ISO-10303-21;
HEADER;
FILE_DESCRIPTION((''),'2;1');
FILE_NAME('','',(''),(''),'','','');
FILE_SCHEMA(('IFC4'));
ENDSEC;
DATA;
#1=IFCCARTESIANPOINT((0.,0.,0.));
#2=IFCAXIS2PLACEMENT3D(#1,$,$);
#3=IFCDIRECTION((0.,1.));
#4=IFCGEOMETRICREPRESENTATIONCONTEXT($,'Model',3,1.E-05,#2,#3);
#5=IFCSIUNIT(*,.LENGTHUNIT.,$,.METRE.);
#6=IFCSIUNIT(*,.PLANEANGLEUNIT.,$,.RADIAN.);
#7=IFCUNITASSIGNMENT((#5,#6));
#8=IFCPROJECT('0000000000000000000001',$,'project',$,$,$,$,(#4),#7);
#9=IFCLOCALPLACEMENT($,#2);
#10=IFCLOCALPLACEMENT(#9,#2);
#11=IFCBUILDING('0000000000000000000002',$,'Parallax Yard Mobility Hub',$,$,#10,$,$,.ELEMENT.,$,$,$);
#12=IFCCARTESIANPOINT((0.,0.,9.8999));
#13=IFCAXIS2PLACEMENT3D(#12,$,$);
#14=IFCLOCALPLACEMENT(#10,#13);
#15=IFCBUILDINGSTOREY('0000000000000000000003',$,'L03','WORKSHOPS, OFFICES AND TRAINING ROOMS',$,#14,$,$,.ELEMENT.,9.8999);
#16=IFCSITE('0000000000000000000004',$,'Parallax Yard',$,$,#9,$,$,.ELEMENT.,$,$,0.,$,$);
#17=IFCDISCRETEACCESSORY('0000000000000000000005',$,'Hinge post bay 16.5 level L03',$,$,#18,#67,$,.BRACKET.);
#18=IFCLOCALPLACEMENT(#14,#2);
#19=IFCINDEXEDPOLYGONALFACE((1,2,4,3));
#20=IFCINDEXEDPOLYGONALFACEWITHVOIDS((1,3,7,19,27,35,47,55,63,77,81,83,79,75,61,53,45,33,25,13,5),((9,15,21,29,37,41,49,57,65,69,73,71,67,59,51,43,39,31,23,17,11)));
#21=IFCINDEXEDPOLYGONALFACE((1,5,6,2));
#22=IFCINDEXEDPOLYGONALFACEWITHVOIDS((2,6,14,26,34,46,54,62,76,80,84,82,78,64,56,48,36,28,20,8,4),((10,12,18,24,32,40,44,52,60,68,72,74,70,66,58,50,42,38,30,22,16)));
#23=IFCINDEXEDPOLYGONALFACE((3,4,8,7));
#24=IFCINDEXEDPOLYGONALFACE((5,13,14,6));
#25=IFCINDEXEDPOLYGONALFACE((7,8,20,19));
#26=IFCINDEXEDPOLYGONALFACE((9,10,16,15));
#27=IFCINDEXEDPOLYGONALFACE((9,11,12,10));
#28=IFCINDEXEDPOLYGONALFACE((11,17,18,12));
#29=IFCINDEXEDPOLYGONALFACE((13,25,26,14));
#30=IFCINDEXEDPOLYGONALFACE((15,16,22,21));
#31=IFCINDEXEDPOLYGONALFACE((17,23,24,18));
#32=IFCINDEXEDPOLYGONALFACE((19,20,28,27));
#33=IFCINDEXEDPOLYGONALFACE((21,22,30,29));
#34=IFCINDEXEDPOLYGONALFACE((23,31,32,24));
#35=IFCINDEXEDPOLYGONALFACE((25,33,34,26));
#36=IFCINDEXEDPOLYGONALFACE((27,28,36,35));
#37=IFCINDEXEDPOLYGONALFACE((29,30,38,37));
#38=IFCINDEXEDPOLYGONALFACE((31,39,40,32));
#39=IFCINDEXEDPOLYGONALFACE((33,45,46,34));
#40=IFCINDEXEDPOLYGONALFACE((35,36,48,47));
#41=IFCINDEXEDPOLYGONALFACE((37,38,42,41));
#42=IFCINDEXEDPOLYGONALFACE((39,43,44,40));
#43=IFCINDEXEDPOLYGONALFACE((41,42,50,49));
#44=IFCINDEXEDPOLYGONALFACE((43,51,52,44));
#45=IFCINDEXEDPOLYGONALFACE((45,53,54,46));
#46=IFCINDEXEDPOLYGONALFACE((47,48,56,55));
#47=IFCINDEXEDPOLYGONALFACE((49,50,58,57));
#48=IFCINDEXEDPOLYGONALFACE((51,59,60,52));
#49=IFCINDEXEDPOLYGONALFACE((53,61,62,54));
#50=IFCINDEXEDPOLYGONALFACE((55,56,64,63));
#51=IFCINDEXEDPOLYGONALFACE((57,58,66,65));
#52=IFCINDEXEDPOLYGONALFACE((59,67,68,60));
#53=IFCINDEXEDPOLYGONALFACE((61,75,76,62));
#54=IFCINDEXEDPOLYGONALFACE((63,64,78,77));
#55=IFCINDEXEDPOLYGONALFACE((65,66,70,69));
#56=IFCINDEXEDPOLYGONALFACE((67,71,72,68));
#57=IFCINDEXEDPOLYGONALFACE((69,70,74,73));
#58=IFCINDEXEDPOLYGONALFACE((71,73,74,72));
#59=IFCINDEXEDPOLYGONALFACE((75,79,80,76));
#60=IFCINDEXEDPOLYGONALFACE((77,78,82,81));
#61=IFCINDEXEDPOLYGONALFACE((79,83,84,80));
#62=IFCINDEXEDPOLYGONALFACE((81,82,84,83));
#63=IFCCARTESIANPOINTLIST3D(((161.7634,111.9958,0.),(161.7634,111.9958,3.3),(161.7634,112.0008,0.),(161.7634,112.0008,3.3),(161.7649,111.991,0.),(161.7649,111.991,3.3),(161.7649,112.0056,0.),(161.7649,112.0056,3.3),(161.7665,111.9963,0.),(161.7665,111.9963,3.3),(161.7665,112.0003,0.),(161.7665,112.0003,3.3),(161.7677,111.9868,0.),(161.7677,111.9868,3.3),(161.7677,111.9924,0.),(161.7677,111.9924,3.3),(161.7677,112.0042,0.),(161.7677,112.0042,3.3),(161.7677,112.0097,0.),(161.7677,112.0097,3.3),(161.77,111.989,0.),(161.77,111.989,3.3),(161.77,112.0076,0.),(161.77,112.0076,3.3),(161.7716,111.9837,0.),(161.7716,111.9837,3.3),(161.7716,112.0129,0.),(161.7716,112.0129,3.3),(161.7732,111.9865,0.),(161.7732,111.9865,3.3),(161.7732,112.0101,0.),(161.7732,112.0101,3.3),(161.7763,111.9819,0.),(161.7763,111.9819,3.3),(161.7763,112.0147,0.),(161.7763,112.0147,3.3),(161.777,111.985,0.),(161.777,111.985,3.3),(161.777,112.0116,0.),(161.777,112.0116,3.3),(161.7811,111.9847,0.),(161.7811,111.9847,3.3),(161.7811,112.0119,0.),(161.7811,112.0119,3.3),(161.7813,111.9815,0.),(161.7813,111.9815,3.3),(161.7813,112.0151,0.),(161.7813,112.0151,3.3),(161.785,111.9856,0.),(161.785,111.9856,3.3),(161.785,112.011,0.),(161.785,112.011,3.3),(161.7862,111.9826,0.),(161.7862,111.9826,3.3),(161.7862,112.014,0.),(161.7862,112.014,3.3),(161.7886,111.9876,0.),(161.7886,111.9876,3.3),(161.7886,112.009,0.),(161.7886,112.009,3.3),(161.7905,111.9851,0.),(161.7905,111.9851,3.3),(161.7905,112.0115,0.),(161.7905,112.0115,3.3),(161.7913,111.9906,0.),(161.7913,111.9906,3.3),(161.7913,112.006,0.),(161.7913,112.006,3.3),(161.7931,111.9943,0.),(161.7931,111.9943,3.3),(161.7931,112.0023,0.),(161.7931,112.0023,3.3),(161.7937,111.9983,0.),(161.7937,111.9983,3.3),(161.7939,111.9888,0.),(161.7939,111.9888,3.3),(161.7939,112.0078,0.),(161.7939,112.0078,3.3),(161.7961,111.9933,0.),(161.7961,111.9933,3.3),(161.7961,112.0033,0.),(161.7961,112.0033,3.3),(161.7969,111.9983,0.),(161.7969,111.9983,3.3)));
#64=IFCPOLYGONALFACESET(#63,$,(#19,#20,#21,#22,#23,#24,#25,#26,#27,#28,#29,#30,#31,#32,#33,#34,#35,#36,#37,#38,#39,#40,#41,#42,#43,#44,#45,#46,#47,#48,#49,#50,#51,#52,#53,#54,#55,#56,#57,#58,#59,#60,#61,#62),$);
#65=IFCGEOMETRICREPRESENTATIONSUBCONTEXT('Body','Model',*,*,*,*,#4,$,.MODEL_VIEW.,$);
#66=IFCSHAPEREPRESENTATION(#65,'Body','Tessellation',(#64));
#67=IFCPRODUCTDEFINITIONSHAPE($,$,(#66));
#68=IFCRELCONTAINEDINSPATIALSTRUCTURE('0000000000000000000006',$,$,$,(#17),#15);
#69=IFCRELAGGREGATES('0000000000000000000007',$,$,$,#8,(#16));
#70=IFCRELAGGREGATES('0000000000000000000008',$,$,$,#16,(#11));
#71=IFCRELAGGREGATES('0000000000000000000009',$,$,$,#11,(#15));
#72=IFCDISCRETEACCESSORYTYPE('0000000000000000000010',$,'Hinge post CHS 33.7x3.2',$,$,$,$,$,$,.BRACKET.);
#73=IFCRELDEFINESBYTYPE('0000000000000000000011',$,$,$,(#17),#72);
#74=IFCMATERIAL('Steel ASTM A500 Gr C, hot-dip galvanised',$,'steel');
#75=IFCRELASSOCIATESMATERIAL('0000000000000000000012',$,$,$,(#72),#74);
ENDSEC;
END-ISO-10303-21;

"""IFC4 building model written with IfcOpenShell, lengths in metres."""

from ifc_helpers import new_model, si_unit, direction, frame, origin, origin_2d, place, context, subcontext, project, spatial, hollow_circle, extrude, material, material_profile, profile_set, type_object, element, save


model = new_model("IFC4")

# Units and contexts
model_context = context("Model", 3, precision=1e-05, world=origin(), true_north=direction((0.0, 1.0)))
body_context = subcontext(model_context, "Body", "Model", "MODEL_VIEW")
ifc_project = project(units=[si_unit("LENGTHUNIT", "METRE"), si_unit("PLANEANGLEUNIT", "RADIAN")], contexts=[model_context])

# Site, building, storey
site_placement = place(None, origin())
site = spatial("IfcSite", under=ifc_project, at=site_placement, Name="Parallax Yard", CompositionType="ELEMENT", RefElevation=0.0)
building_placement = place(site_placement, origin())
building = spatial("IfcBuilding", under=site, at=building_placement, Name="Parallax Yard Mobility Hub", CompositionType="ELEMENT")
storey_placement = place(building_placement, frame((0.0, 0.0, 9.8999)))
storey = spatial("IfcBuildingStorey", under=building, at=storey_placement, Name="L03", Description="WORKSHOPS, OFFICES AND TRAINING ROOMS", CompositionType="ELEMENT", Elevation=9.8999)

# Discrete accessory
ifc_material_1 = material(Name="Steel ASTM A500 Gr C, hot-dip galvanised", Category="steel")
ifc_material_profile_1 = material_profile(ifc_material_1, hollow_circle(Radius=0.0168, WallThickness=0.0032, at=origin_2d()), Name="CHS 33.7x3.2")
ifc_profile_set_1 = profile_set([ifc_material_profile_1], Name="Steel ASTM A500 Gr C, hot-dip galvanised")
discrete_accessory_type_1 = type_object("IfcDiscreteAccessoryType", Name="Hinge post CHS 33.7x3.2", PredefinedType="BRACKET", material=ifc_profile_set_1)
for number, where, z_axis, x_axis, name in (
    (1, (161.78, 111.9983, 0.0), (0.0, 0.0, 1.0), (1.0, 0.0, 0.0), "Hinge post bay 16.5 level L03"),
):
    element("IfcDiscreteAccessory", number, at=place(storey_placement, frame(where, z_axis=z_axis, x_axis=x_axis)), inside=storey, type_object=discrete_accessory_type_1, Name=name, PredefinedType="BRACKET", context=body_context, shape_type="SweptSolid", body=[
        extrude(hollow_circle(Radius=0.0168, WallThickness=0.0032, at=origin_2d()), origin(), (0.0, 0.0, 1.0), 3.3),
    ])

save(model, "model.ifc")
